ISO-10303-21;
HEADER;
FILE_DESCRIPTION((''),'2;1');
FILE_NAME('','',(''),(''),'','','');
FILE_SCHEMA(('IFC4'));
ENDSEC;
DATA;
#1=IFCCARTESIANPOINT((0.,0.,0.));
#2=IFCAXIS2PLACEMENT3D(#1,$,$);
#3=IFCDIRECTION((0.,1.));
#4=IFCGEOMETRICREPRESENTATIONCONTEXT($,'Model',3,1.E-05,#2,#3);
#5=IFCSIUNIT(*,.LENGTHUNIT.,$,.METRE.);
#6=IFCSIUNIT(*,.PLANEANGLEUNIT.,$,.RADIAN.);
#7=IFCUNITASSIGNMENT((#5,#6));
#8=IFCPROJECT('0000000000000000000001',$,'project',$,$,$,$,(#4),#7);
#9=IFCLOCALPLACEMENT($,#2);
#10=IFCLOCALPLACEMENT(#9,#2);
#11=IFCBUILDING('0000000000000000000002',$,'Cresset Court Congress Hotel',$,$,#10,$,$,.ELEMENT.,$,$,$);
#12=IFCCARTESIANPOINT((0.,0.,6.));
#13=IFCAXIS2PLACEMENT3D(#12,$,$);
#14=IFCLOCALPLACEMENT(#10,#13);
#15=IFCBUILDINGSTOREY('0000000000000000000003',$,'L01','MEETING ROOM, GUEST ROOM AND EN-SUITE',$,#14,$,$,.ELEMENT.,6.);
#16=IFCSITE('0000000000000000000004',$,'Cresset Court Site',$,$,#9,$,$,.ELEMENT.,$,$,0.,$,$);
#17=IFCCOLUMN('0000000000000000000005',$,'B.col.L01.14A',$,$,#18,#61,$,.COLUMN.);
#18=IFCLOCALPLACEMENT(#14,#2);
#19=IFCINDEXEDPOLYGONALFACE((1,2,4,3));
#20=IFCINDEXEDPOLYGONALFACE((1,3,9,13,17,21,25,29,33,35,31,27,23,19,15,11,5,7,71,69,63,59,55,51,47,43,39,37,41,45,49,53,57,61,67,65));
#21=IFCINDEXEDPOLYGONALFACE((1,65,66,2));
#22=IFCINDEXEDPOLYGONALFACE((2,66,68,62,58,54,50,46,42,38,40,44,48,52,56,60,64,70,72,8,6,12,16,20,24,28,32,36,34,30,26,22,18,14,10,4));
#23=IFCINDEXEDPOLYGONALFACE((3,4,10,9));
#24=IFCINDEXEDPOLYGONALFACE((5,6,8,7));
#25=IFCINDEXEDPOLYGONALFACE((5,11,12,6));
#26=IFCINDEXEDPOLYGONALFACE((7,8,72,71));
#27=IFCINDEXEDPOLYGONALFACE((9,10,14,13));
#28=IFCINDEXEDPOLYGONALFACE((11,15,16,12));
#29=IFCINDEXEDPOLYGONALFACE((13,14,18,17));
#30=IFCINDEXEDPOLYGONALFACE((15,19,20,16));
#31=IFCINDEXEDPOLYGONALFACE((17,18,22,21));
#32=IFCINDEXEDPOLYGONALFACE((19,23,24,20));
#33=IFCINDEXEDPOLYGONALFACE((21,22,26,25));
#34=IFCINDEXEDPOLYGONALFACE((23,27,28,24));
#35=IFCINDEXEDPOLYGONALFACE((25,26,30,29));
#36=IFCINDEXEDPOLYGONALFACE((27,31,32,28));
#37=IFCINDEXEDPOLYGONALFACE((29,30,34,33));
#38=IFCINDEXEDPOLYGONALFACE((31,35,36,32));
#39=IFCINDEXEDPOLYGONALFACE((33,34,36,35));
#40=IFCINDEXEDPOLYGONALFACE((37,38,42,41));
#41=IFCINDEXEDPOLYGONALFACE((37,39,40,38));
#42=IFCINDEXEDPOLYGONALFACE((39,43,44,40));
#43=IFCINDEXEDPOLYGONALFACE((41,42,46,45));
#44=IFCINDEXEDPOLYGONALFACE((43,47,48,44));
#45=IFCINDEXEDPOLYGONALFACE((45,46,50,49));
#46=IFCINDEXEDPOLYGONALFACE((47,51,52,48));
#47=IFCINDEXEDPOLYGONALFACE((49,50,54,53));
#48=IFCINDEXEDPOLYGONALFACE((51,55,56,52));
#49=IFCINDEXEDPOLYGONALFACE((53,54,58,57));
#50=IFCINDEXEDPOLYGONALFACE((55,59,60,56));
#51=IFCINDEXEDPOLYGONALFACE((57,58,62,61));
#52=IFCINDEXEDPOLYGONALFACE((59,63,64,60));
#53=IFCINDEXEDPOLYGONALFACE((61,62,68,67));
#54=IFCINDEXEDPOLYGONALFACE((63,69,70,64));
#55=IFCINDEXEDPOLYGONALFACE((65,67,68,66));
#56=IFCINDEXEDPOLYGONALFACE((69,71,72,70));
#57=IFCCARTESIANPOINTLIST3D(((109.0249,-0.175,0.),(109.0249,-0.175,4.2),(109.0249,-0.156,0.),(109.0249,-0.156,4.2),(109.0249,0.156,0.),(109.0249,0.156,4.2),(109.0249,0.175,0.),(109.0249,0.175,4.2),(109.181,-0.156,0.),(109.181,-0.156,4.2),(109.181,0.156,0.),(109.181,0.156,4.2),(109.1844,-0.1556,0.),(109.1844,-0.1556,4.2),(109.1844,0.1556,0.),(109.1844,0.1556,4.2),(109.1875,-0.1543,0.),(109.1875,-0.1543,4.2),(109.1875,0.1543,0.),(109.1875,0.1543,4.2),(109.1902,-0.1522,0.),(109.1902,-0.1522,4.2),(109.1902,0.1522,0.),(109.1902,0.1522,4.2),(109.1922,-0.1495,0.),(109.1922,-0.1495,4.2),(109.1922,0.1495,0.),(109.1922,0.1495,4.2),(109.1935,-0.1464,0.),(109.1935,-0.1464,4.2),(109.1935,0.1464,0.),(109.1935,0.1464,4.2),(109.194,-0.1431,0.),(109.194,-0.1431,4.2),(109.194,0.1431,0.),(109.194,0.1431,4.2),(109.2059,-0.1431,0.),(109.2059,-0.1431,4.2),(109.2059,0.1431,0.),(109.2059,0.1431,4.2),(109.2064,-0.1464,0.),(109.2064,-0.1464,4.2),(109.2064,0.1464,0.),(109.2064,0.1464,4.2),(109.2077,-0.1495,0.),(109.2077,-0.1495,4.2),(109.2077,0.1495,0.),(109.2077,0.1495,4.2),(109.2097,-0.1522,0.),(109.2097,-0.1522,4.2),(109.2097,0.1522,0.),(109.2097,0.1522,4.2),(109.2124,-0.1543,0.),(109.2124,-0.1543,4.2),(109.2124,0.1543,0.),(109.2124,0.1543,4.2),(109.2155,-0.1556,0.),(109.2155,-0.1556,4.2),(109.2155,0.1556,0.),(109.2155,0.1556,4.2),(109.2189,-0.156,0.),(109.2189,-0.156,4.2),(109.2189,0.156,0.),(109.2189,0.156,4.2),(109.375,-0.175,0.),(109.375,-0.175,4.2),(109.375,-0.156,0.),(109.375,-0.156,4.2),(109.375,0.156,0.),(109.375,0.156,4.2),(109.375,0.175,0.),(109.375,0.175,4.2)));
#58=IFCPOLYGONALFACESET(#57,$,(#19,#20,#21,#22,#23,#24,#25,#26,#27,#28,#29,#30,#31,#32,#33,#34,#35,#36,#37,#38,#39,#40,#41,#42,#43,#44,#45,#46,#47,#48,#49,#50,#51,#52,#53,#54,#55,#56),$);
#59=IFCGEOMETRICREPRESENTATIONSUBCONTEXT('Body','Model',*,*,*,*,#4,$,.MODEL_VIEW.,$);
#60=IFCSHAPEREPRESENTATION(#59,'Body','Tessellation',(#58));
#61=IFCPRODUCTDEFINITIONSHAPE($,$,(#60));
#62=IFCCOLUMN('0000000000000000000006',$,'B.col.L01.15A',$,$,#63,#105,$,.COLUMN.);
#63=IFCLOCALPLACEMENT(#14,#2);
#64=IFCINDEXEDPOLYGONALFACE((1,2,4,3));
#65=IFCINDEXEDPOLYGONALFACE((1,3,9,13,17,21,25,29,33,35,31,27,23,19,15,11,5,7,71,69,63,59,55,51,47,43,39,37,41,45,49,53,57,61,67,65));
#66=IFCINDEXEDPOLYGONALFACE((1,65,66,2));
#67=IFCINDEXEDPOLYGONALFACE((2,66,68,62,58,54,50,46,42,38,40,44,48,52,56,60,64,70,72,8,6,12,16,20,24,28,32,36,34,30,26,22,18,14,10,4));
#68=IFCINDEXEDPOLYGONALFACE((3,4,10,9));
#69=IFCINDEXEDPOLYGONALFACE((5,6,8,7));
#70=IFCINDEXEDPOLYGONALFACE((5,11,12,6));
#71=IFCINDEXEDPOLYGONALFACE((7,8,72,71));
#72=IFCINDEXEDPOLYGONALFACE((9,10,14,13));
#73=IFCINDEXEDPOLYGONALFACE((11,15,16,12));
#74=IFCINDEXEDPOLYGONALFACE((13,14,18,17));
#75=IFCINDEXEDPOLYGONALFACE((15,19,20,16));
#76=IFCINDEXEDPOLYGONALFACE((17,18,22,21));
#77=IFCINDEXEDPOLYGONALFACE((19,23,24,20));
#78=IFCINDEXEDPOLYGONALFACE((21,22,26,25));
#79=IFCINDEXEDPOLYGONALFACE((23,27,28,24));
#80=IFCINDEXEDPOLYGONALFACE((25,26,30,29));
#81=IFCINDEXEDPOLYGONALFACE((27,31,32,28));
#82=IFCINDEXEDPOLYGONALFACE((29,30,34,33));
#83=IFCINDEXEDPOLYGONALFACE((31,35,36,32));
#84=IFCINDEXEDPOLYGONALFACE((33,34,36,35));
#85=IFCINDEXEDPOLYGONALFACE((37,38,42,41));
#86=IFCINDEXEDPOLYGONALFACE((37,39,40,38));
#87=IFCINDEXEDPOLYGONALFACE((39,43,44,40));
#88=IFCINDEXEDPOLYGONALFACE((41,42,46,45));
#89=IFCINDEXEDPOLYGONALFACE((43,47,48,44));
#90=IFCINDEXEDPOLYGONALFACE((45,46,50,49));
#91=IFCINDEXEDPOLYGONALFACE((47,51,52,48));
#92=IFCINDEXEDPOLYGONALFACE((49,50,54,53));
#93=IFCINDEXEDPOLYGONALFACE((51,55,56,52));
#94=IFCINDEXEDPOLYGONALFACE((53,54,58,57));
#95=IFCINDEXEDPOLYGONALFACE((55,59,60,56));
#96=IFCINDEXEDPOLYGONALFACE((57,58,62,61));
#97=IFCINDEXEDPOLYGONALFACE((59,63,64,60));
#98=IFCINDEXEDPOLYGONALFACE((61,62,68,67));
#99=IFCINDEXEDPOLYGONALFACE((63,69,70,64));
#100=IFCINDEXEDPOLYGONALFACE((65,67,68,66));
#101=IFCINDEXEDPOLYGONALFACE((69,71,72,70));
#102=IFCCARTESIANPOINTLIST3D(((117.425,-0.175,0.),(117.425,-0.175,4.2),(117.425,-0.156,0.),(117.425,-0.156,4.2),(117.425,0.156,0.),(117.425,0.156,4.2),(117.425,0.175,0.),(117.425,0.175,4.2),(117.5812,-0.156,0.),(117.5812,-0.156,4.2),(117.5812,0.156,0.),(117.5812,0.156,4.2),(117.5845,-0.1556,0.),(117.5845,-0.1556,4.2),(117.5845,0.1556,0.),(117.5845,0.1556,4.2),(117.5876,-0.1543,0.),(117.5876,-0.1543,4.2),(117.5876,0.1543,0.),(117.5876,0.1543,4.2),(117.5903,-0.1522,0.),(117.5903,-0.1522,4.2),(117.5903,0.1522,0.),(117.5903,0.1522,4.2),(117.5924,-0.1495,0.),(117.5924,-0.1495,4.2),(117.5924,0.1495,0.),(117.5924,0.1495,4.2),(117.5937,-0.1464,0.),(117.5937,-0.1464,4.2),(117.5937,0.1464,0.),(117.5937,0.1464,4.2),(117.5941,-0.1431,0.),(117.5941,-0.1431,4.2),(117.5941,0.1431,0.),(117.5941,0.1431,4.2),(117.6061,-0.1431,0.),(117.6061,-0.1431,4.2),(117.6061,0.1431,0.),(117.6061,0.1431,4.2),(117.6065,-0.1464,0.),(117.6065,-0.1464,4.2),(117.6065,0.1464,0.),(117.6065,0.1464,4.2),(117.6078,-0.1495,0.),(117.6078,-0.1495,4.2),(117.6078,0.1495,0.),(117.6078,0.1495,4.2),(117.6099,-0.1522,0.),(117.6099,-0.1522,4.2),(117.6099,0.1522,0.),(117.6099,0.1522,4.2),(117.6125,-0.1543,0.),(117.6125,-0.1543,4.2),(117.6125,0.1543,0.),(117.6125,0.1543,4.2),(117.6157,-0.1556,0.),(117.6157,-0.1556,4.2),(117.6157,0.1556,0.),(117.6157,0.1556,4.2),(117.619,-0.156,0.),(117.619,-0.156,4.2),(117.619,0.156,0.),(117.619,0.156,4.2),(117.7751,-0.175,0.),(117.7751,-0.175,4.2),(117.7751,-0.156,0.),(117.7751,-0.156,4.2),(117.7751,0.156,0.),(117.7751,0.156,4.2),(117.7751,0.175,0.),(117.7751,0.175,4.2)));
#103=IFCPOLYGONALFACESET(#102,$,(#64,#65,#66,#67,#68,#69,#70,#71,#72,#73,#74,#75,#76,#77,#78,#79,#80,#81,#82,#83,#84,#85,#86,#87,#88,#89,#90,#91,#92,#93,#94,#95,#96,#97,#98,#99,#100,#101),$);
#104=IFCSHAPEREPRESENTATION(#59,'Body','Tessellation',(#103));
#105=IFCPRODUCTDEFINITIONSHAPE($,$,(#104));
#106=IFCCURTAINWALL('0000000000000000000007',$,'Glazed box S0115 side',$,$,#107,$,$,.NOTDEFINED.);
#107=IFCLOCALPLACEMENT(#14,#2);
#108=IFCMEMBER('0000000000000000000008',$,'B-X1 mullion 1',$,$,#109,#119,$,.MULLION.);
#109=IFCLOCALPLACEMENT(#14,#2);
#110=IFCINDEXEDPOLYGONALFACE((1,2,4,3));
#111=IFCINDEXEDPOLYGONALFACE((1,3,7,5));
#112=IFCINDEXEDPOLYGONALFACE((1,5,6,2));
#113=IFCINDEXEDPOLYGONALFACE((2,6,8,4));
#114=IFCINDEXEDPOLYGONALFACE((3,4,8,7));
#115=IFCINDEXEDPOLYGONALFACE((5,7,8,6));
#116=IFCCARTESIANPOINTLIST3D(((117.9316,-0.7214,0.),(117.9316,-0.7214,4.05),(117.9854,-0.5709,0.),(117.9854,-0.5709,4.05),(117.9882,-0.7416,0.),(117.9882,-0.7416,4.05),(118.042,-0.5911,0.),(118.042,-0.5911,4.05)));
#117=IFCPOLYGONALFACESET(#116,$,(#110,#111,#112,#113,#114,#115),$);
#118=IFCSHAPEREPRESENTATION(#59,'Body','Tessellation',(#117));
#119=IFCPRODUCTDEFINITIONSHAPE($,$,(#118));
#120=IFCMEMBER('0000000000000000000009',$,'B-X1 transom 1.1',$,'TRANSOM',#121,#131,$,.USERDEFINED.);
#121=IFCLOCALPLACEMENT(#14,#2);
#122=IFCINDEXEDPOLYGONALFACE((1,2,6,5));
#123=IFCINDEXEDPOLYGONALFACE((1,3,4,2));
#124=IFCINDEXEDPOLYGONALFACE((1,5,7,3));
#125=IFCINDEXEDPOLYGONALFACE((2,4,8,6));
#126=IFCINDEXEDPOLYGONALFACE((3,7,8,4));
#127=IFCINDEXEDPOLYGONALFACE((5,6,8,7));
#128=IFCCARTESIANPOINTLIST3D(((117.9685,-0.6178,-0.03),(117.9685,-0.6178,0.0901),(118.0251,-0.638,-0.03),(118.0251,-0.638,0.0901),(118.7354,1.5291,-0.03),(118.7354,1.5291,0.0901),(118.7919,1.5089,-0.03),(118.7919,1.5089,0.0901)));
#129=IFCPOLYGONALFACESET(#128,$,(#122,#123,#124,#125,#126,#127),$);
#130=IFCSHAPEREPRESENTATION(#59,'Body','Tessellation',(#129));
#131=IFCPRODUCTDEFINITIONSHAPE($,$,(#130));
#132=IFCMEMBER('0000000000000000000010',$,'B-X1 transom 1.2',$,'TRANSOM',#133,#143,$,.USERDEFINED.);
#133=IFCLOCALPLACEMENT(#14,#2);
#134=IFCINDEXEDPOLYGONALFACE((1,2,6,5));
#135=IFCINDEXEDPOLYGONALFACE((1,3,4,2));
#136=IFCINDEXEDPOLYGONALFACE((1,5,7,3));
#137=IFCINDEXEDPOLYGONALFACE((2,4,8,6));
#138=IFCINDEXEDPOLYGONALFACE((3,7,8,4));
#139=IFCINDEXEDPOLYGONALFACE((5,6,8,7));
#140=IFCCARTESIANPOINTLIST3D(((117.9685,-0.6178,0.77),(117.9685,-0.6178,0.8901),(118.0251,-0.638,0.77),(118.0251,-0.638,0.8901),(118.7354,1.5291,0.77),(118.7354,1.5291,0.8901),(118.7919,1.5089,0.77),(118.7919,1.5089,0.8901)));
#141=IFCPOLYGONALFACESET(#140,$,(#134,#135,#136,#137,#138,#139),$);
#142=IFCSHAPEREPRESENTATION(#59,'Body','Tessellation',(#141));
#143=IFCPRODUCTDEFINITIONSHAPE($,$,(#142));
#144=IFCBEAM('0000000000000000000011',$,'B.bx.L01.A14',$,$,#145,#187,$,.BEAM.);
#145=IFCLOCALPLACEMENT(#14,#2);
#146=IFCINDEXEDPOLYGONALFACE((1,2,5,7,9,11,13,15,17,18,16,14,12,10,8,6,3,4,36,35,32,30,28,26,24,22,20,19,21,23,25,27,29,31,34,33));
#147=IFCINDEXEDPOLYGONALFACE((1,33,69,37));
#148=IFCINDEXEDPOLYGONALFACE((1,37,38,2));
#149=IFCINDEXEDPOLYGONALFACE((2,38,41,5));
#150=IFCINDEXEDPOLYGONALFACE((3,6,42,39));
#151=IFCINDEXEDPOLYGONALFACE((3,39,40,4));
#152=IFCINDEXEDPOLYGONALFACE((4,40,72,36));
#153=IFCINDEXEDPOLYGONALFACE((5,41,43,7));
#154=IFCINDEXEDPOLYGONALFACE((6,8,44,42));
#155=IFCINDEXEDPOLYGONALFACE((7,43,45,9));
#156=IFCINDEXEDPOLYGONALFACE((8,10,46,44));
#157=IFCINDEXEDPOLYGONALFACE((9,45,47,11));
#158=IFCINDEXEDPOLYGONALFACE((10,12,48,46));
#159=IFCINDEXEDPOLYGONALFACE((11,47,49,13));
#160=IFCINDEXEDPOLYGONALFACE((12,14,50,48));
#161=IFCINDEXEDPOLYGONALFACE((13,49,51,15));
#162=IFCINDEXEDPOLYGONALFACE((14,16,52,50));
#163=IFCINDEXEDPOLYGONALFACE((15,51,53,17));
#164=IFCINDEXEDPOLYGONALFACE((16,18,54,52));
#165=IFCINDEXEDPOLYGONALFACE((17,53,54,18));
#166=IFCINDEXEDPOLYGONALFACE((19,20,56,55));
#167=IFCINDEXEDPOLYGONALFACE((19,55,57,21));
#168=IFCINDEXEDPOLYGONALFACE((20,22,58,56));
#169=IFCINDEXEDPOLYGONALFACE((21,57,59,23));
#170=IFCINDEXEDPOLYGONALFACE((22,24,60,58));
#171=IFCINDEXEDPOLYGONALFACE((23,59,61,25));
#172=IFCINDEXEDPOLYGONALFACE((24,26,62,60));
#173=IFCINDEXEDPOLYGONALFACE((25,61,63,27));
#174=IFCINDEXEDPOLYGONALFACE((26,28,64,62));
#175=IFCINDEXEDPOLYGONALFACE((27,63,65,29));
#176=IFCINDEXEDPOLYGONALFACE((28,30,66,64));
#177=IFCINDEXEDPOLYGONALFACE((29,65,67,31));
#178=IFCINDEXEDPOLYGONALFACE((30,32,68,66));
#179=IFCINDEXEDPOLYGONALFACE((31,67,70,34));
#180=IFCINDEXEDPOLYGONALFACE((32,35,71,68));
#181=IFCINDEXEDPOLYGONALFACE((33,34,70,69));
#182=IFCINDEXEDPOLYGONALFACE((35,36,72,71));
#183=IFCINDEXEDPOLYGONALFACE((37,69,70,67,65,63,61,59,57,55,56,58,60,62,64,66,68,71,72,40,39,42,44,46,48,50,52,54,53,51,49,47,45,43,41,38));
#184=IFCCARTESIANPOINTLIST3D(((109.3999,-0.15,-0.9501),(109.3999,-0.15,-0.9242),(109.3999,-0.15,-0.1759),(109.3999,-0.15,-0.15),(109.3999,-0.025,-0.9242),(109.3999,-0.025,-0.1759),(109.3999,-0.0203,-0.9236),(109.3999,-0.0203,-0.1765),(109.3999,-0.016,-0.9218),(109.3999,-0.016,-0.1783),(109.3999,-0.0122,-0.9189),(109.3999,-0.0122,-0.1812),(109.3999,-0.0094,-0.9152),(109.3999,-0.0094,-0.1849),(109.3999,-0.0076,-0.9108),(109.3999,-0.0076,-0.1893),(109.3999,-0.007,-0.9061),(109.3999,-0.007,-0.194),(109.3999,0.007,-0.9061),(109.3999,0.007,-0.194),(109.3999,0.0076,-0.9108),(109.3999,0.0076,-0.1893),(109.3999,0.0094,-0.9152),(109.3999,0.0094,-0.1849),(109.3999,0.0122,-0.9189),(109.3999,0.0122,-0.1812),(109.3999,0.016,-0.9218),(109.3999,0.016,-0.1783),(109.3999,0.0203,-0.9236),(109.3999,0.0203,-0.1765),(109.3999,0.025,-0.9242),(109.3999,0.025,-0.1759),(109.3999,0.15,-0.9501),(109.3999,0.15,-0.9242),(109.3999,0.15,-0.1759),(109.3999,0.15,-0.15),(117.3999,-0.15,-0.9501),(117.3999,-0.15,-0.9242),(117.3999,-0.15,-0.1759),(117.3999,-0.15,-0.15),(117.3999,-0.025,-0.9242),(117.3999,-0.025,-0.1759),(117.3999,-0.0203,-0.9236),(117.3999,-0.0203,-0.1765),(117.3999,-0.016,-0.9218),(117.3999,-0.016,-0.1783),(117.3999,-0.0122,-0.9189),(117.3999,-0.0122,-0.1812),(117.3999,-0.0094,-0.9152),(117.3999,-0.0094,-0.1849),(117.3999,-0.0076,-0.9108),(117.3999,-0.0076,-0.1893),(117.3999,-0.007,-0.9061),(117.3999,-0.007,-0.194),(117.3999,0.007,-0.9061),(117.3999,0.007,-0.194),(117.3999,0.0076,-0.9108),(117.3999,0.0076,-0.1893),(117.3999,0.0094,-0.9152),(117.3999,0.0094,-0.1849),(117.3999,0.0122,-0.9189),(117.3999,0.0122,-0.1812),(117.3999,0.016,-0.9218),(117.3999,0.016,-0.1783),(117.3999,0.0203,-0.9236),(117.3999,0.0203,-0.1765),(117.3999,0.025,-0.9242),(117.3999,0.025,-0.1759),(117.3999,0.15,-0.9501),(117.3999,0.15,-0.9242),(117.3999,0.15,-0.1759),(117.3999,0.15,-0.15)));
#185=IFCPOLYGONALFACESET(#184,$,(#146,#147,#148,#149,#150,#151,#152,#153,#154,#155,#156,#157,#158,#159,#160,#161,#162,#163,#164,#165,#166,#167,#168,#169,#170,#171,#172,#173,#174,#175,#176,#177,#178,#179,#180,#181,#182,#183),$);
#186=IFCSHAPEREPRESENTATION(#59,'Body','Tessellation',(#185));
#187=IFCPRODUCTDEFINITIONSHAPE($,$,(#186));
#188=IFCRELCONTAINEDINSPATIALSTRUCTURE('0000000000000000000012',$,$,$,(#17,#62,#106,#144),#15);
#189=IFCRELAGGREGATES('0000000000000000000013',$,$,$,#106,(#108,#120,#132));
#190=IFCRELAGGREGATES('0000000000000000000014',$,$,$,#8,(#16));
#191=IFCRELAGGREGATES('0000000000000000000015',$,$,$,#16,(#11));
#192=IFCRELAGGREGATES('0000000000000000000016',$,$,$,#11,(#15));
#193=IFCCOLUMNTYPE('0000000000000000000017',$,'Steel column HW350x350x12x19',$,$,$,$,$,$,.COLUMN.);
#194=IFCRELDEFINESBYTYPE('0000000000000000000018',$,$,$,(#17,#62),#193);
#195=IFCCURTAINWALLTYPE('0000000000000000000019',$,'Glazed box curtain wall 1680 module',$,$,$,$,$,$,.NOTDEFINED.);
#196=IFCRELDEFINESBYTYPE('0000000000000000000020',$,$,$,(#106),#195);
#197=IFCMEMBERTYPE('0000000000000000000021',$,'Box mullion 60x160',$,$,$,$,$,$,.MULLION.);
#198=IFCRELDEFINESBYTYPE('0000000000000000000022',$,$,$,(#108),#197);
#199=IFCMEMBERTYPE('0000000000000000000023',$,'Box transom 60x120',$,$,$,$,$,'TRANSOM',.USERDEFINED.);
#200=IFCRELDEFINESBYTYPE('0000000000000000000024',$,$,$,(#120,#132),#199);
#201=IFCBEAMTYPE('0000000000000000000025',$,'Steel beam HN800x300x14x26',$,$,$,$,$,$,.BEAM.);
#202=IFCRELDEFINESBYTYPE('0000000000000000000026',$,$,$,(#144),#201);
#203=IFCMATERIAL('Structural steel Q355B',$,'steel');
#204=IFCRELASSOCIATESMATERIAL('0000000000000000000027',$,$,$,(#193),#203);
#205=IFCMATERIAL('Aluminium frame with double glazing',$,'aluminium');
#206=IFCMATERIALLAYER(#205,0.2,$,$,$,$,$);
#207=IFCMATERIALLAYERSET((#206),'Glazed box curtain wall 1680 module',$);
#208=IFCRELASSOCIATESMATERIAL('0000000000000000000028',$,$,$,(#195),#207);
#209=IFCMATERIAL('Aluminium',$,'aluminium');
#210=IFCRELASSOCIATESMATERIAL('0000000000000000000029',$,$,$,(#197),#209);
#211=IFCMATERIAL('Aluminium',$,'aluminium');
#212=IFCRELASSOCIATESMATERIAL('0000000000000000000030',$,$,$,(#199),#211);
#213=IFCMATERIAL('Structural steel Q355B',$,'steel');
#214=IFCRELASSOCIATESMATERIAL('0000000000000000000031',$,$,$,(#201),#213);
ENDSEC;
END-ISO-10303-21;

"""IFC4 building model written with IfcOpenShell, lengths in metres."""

from ifc_helpers import new_model, si_unit, direction, frame, origin, origin_2d, place, context, subcontext, project, spatial, rectangle, i_section, extrude, material, layer, layer_set, material_profile, profile_set, type_object, element, aggregate, save


model = new_model("IFC4")

# Units and contexts
model_context = context("Model", 3, precision=1e-05, world=origin(), true_north=direction((0.0, 1.0)))
body_context = subcontext(model_context, "Body", "Model", "MODEL_VIEW")
ifc_project = project(units=[si_unit("LENGTHUNIT", "METRE"), si_unit("PLANEANGLEUNIT", "RADIAN")], contexts=[model_context])

# Site, building, storey
site_placement = place(None, origin())
site = spatial("IfcSite", under=ifc_project, at=site_placement, Name="Cresset Court Site", CompositionType="ELEMENT", RefElevation=0.0)
building_placement = place(site_placement, origin())
building = spatial("IfcBuilding", under=site, at=building_placement, Name="Cresset Court Congress Hotel", CompositionType="ELEMENT")
storey_placement = place(building_placement, frame((0.0, 0.0, 6.0)))
storey = spatial("IfcBuildingStorey", under=building, at=storey_placement, Name="L01", Description="MEETING ROOM, GUEST ROOM AND EN-SUITE", CompositionType="ELEMENT", Elevation=6.0)

# Columns
ifc_material_1 = material(Name="Structural steel Q355B", Category="steel")
ifc_material_profile_1 = material_profile(ifc_material_1, i_section(OverallWidth=0.3501, OverallDepth=0.3501, WebThickness=0.012, FlangeThickness=0.019, FilletRadius=0.0129, at=origin_2d()), Name="HW350x350x12x19")
ifc_profile_set_1 = profile_set([ifc_material_profile_1], Name="Structural steel Q355B")
column_type = type_object("IfcColumnType", Name="Steel column HW350x350x12x19", PredefinedType="COLUMN", material=ifc_profile_set_1)
for number, where, z_axis, x_axis, name in (
    (1, (109.2, 0.0, 0.0), (0.0, 0.0, 1.0), (1.0, 0.0, 0.0), "B.col.L01.14A"),
    (2, (117.6001, 0.0, 0.0), (0.0, 0.0, 1.0), (1.0, 0.0, 0.0), "B.col.L01.15A"),
):
    element("IfcColumn", number, at=place(storey_placement, frame(where, z_axis=z_axis, x_axis=x_axis)), inside=storey, type_object=column_type, Name=name, PredefinedType="COLUMN", context=body_context, shape_type="SweptSolid", body=[
        extrude(i_section(OverallWidth=0.3501, OverallDepth=0.3501, WebThickness=0.012, FlangeThickness=0.019, FilletRadius=0.0129, at=origin_2d()), origin(), (0.0, 0.0, 1.0), 4.2),
    ])

# Curtain wall, members
ifc_material_2 = material(Name="Aluminium frame with double glazing", Category="aluminium")
ifc_layer_1 = layer(ifc_material_2, 0.2)
ifc_layer_set_1 = layer_set([ifc_layer_1], Name="Glazed box curtain wall 1680 module")
curtain_wall_type = type_object("IfcCurtainWallType", Name="Glazed box curtain wall 1680 module", PredefinedType="NOTDEFINED", material=ifc_layer_set_1)
curtain_wall_placement = place(storey_placement, origin())
curtain_wall = element("IfcCurtainWall", 3, at=curtain_wall_placement, inside=storey, type_object=curtain_wall_type, Name="Glazed box S0115 side", PredefinedType="NOTDEFINED")
ifc_material_3 = material(Name="Aluminium", Category="aluminium")
ifc_material_profile_2 = material_profile(ifc_material_3, rectangle(XDim=0.0601, YDim=0.1599, at=origin_2d()), Name="Box mullion 60x160")
ifc_profile_set_2 = profile_set([ifc_material_profile_2], Name="Aluminium")
member_type_1 = type_object("IfcMemberType", Name="Box mullion 60x160", PredefinedType="MULLION", material=ifc_profile_set_2)
member_1_placement = place(storey_placement, frame((117.9868, -0.6562, 0.0), z_axis=(0.0, 0.0, 1.0), x_axis=(-0.941742, 0.336336, 0.0)))
member_1 = element("IfcMember", 4, at=member_1_placement, type_object=member_type_1, Name="B-X1 mullion 1", PredefinedType="MULLION", context=body_context, shape_type="SweptSolid", body=[
    extrude(rectangle(XDim=0.0601, YDim=0.1599, at=origin_2d()), origin(), (0.0, 0.0, 1.0), 4.05),
])
ifc_material_4 = material(Name="Aluminium", Category="aluminium")
ifc_material_profile_3 = material_profile(ifc_material_4, rectangle(XDim=0.0601, YDim=0.1201, at=origin_2d()), Name="Box transom 60x120")
ifc_profile_set_3 = profile_set([ifc_material_profile_3], Name="Aluminium")
member_type_2 = type_object("IfcMemberType", Name="Box transom 60x120", ElementType="TRANSOM", PredefinedType="USERDEFINED", material=ifc_profile_set_3)
member_2_placement = place(storey_placement, frame((117.9968, -0.6279, 0.03), z_axis=(0.336364, 0.941732, 0.0), x_axis=(-0.941732, 0.336364, 0.0)))
member_2 = element("IfcMember", 5, at=member_2_placement, type_object=member_type_2, Name="B-X1 transom 1.1", ObjectType="TRANSOM", PredefinedType="USERDEFINED", context=body_context, shape_type="SweptSolid", body=[
    extrude(rectangle(XDim=0.0601, YDim=0.1201, at=origin_2d()), origin(), (0.0, 0.0, 1.0), 2.2798),
])
member_3_placement = place(storey_placement, frame((117.9968, -0.6279, 0.8301), z_axis=(0.336364, 0.941732, 0.0), x_axis=(-0.941732, 0.336364, 0.0)))
member_3 = element("IfcMember", 6, at=member_3_placement, type_object=member_type_2, Name="B-X1 transom 1.2", ObjectType="TRANSOM", PredefinedType="USERDEFINED", context=body_context, shape_type="SweptSolid", body=[
    extrude(rectangle(XDim=0.0601, YDim=0.1201, at=origin_2d()), origin(), (0.0, 0.0, 1.0), 2.2798),
])
aggregate(curtain_wall, [member_1, member_2, member_3])

# Beam
ifc_material_5 = material(Name="Structural steel Q355B", Category="steel")
ifc_material_profile_4 = material_profile(ifc_material_5, i_section(OverallWidth=0.3, OverallDepth=0.8, WebThickness=0.0139, FlangeThickness=0.0259, FilletRadius=0.0181, at=origin_2d()), Name="HN800x300x14x26")
ifc_profile_set_4 = profile_set([ifc_material_profile_4], Name="Structural steel Q355B")
beam_type = type_object("IfcBeamType", Name="Steel beam HN800x300x14x26", PredefinedType="BEAM", material=ifc_profile_set_4)
for number, where, z_axis, x_axis, name in (
    (7, (109.3999, 0.0, -0.55), (1.0, 0.0, 0.0), (0.0, 1.0, 0.0), "B.bx.L01.A14"),
):
    element("IfcBeam", number, at=place(storey_placement, frame(where, z_axis=z_axis, x_axis=x_axis)), inside=storey, type_object=beam_type, Name=name, PredefinedType="BEAM", context=body_context, shape_type="SweptSolid", body=[
        extrude(i_section(OverallWidth=0.3, OverallDepth=0.8, WebThickness=0.0139, FlangeThickness=0.0259, FilletRadius=0.0181, at=origin_2d()), origin(), (0.0, 0.0, 1.0), 8.0),
    ])

save(model, "model.ifc")
